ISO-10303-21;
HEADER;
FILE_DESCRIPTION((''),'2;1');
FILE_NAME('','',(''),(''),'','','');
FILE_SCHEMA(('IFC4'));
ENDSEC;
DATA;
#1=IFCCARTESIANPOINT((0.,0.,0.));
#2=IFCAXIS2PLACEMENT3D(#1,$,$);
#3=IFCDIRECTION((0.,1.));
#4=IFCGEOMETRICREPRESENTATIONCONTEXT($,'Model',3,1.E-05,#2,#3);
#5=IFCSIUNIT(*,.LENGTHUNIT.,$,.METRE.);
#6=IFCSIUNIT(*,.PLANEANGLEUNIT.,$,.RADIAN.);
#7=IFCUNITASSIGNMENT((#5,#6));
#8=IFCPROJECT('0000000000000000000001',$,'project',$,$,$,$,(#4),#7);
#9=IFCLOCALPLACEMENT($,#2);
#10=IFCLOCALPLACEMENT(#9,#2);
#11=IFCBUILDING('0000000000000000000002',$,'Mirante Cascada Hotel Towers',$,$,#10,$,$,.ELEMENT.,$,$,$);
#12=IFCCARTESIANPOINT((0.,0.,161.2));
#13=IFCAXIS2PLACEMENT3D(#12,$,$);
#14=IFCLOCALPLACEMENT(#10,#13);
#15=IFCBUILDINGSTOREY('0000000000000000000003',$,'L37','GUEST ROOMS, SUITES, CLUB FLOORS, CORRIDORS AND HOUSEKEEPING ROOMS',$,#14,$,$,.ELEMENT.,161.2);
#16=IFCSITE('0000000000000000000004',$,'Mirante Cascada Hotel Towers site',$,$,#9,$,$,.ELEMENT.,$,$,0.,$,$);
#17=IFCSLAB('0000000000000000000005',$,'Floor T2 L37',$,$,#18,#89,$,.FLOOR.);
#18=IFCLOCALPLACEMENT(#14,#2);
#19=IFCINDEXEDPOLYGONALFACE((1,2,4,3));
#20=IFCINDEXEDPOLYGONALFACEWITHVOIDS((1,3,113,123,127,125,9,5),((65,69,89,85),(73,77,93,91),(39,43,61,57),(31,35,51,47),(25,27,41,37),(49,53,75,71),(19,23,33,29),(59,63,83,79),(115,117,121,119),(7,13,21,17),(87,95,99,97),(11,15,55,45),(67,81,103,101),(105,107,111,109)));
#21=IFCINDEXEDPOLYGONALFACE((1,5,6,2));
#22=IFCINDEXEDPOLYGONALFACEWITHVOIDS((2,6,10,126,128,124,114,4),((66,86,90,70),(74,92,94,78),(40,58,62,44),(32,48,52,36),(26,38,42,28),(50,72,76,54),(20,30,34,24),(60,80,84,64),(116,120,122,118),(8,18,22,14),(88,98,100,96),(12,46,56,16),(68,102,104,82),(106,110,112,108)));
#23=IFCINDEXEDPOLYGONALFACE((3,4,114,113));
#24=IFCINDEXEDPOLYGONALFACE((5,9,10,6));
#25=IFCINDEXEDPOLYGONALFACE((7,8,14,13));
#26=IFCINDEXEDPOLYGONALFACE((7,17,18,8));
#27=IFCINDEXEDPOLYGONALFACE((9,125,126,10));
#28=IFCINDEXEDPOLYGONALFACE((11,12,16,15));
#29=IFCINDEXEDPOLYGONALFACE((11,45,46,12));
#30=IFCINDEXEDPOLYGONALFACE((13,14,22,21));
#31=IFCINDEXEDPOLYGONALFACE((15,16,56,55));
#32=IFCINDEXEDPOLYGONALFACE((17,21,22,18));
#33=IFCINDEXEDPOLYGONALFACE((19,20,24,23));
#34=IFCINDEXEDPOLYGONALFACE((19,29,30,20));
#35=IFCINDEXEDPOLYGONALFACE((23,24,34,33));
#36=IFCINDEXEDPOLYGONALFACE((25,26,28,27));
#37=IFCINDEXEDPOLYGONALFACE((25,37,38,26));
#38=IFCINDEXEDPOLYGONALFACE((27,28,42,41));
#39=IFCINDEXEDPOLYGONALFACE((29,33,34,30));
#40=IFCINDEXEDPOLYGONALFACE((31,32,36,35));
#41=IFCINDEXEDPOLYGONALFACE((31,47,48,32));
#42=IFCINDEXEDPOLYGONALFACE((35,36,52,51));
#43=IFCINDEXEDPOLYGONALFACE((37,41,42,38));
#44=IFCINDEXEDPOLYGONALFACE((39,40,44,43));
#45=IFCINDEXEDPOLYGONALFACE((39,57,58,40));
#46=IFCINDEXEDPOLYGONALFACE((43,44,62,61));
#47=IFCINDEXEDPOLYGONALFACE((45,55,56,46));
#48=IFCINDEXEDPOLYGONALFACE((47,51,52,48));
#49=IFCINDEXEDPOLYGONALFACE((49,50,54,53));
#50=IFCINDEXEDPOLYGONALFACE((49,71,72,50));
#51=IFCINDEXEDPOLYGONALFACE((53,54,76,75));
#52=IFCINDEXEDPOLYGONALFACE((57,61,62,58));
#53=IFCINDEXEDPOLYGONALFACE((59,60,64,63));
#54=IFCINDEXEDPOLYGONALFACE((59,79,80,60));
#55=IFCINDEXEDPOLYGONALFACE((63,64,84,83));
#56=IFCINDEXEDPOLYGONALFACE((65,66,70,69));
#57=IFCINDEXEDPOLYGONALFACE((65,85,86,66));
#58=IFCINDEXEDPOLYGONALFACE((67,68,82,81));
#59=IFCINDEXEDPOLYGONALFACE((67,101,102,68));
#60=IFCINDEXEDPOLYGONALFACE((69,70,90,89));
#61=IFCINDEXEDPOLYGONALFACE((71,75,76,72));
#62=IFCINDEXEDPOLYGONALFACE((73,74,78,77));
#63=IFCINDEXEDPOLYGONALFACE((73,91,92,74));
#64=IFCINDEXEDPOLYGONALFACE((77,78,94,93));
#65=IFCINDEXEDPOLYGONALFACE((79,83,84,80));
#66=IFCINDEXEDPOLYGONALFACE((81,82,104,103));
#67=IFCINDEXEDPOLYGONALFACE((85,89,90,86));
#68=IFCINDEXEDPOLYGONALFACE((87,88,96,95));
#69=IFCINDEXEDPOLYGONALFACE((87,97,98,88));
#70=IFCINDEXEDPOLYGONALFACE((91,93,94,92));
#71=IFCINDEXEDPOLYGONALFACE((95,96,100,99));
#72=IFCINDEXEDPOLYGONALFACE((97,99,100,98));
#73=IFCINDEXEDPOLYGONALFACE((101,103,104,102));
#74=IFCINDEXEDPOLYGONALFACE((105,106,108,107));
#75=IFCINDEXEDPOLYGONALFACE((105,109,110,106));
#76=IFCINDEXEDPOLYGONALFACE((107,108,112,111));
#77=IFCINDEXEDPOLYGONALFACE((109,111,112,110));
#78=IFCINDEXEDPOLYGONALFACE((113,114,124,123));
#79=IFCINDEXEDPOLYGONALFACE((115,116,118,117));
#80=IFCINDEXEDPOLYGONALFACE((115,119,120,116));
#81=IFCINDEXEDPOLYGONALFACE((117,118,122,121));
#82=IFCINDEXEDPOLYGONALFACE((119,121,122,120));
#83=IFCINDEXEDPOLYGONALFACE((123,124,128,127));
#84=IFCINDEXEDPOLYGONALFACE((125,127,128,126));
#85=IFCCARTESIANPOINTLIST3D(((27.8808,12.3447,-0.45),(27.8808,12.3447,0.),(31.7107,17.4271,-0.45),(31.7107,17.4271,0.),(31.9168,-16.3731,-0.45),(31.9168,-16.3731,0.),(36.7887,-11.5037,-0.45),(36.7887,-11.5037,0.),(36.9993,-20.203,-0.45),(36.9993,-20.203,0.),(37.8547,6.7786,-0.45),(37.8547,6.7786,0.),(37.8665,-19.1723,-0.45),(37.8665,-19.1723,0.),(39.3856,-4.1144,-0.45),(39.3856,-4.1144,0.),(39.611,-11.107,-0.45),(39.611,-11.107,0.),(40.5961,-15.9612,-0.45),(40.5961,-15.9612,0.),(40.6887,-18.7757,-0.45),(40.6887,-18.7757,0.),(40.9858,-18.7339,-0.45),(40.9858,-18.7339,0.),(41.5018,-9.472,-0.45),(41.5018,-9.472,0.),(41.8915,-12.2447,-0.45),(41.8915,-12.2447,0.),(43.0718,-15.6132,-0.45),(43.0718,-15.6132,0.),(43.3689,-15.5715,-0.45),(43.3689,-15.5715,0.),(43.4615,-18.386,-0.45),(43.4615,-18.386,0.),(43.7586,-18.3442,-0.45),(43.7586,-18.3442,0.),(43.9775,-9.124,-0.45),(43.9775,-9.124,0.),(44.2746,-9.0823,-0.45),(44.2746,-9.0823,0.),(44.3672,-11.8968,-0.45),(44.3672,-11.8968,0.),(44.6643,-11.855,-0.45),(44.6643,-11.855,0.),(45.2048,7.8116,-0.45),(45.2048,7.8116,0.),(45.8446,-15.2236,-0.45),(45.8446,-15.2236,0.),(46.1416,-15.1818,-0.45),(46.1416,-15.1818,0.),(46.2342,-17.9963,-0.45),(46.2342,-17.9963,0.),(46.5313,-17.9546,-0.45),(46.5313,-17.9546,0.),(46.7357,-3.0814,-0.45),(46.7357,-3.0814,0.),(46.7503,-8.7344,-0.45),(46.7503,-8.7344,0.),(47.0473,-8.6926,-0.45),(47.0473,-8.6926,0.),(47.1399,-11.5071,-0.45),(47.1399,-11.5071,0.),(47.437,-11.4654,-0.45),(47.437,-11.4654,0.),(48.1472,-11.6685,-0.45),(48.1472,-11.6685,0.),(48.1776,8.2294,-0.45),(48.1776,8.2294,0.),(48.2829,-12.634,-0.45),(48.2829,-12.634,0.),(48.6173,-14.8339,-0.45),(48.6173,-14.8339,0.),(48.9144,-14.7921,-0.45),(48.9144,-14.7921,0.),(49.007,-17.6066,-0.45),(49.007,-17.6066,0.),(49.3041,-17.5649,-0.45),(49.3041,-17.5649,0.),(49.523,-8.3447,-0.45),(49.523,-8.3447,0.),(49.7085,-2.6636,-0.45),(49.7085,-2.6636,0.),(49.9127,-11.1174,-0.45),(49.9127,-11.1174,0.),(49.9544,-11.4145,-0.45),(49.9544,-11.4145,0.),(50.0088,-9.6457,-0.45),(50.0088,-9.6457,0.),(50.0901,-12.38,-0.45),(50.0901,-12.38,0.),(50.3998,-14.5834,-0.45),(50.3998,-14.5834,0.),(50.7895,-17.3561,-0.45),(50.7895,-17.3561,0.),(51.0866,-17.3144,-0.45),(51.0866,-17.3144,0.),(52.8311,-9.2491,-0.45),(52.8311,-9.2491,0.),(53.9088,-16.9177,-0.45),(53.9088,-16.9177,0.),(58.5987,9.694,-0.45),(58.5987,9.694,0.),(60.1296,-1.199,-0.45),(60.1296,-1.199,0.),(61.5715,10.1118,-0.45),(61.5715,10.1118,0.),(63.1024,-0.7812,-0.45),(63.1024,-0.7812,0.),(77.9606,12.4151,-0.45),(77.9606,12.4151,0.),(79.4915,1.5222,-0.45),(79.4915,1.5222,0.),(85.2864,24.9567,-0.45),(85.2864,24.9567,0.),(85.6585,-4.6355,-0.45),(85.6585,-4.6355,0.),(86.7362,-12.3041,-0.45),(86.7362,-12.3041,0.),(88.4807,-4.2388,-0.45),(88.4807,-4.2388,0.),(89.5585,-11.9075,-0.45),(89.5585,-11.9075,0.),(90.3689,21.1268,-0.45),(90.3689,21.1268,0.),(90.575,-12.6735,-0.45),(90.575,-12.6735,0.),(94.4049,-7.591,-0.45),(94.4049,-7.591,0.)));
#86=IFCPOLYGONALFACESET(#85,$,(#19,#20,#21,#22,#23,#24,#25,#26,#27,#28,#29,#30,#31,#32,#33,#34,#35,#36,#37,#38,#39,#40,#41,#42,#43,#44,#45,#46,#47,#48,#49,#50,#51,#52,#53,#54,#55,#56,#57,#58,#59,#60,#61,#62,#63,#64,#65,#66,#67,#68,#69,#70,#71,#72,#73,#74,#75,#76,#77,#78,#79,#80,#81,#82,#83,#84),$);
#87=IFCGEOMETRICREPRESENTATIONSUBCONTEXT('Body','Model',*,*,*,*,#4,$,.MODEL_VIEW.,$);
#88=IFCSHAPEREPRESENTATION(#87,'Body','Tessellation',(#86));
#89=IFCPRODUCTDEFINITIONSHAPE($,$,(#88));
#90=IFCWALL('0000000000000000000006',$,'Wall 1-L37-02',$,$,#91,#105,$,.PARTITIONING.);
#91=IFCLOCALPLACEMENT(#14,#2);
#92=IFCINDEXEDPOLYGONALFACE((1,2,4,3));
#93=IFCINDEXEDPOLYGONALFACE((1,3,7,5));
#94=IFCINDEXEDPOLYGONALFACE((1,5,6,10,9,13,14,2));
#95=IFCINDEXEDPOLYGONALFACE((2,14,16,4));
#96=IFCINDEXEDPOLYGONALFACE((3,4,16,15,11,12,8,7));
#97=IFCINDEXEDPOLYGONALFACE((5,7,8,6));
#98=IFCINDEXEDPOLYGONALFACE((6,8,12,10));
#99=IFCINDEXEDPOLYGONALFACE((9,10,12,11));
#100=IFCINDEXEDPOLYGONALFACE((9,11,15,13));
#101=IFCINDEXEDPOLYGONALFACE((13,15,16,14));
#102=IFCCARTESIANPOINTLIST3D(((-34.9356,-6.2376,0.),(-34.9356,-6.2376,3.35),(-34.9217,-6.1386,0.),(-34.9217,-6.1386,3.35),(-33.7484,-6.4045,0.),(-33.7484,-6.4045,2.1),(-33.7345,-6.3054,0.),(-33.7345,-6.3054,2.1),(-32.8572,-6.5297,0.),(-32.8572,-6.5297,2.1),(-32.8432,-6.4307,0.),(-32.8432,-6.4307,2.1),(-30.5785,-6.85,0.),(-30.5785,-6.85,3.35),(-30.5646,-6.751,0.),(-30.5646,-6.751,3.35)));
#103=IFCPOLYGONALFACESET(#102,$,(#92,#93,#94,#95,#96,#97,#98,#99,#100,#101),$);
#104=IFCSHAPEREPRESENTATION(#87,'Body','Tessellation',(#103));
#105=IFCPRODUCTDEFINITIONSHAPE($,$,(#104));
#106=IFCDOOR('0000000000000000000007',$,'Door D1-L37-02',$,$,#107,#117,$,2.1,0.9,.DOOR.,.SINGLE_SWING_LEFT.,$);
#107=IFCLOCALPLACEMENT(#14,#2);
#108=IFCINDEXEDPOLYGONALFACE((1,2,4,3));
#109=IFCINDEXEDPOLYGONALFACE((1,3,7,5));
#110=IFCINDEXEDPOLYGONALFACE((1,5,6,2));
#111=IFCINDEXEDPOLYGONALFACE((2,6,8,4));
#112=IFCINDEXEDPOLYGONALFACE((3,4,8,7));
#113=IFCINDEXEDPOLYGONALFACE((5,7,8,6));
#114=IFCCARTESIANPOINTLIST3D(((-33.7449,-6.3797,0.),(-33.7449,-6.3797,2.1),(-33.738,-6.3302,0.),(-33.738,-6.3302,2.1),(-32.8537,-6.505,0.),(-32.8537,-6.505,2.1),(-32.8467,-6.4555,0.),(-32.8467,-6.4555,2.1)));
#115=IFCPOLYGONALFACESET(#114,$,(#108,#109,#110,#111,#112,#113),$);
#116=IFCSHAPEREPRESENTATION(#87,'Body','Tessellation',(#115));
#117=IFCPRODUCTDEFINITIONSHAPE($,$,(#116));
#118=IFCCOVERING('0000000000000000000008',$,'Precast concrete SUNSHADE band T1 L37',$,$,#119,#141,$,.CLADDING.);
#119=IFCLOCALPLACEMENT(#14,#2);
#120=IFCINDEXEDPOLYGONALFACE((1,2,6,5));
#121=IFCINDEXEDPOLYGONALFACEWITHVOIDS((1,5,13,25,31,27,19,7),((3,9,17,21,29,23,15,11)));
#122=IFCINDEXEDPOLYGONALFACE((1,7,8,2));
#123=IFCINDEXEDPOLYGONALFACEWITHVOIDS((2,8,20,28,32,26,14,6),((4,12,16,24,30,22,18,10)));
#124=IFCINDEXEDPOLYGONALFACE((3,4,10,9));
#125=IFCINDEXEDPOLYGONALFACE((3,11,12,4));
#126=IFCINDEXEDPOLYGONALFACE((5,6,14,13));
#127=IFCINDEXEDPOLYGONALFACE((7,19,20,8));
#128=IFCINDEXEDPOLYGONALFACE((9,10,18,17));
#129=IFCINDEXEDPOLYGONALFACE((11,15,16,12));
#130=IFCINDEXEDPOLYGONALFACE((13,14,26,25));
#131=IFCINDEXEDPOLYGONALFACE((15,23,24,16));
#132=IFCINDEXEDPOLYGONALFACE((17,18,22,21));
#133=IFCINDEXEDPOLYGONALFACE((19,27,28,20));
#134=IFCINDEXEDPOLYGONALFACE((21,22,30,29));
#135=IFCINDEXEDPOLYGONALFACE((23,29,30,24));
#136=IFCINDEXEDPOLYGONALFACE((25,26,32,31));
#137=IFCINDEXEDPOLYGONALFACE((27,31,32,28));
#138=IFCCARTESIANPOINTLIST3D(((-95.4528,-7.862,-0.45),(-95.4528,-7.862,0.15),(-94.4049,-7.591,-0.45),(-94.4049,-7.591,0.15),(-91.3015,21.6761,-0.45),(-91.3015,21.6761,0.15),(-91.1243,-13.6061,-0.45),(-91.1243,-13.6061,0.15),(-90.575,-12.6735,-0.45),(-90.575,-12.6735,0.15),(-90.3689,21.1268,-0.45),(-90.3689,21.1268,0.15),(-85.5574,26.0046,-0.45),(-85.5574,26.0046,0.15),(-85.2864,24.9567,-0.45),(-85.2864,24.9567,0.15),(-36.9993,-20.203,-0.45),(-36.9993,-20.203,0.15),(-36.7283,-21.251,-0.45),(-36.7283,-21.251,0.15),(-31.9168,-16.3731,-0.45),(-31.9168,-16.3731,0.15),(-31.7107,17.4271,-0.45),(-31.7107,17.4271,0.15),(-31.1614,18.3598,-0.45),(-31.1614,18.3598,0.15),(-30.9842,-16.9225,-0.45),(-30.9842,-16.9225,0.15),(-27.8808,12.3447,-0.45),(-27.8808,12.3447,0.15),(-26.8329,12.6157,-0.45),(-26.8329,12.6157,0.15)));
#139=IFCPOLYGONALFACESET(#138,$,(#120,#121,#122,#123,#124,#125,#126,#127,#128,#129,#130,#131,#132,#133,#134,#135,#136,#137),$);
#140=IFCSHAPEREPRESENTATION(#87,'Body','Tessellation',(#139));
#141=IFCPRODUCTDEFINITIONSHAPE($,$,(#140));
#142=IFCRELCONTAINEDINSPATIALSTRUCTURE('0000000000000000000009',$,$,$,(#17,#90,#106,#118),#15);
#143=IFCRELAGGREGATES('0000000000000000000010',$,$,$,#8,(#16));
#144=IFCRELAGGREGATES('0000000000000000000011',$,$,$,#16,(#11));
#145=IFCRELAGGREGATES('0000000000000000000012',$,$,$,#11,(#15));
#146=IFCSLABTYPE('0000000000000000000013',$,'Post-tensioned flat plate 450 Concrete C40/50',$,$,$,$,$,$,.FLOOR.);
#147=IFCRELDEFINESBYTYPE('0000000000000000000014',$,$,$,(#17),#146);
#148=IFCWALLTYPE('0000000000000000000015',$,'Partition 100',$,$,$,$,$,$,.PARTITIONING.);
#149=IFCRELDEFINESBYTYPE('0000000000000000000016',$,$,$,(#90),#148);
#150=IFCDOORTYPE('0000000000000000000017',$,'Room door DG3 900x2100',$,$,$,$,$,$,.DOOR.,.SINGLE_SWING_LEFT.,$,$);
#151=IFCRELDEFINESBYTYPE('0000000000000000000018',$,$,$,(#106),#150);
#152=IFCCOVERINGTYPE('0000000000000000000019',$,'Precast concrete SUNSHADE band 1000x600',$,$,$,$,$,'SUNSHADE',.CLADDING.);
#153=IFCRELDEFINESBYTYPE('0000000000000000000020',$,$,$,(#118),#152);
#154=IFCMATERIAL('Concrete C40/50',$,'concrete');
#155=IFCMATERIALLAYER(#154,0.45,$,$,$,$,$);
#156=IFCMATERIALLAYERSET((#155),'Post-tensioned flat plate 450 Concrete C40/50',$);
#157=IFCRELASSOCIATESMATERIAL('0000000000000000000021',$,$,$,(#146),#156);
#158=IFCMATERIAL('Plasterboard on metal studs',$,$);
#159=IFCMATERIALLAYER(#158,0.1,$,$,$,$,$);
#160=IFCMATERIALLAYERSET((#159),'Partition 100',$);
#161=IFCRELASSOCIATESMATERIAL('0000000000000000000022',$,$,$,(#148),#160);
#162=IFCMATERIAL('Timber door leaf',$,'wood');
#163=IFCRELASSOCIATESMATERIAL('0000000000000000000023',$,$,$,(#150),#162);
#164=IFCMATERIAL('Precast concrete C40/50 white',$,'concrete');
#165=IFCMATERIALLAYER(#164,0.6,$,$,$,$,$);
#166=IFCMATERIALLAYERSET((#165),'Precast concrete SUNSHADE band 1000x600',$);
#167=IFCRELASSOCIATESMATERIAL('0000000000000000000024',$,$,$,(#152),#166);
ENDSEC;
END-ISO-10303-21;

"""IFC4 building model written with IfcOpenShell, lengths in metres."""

from ifc_helpers import new_model, si_unit, direction, frame, frame_2d, origin, place, context, subcontext, project, spatial, polyline, rectangle, outline, extrude, material, layer, layer_set, type_object, element, fill, save


model = new_model("IFC4")

# Units and contexts
model_context = context("Model", 3, precision=1e-05, world=origin(), true_north=direction((0.0, 1.0)))
body_context = subcontext(model_context, "Body", "Model", "MODEL_VIEW")
ifc_project = project(units=[si_unit("LENGTHUNIT", "METRE"), si_unit("PLANEANGLEUNIT", "RADIAN")], contexts=[model_context])

# Site, building, storey
site_placement = place(None, origin())
site = spatial("IfcSite", under=ifc_project, at=site_placement, Name="Mirante Cascada Hotel Towers site", CompositionType="ELEMENT", RefElevation=0.0)
building_placement = place(site_placement, origin())
building = spatial("IfcBuilding", under=site, at=building_placement, Name="Mirante Cascada Hotel Towers", CompositionType="ELEMENT")
storey_placement = place(building_placement, frame((0.0, 0.0, 161.2)))
storey = spatial("IfcBuildingStorey", under=building, at=storey_placement, Name="L37", Description="GUEST ROOMS, SUITES, CLUB FLOORS, CORRIDORS AND HOUSEKEEPING ROOMS", CompositionType="ELEMENT", Elevation=161.2)

# Slab
ifc_material_1 = material(Name="Concrete C40/50", Category="concrete")
ifc_layer_1 = layer(ifc_material_1, 0.45)
ifc_layer_set_1 = layer_set([ifc_layer_1], Name="Post-tensioned flat plate 450 Concrete C40/50")
slab_type = type_object("IfcSlabType", Name="Post-tensioned flat plate 450 Concrete C40/50", PredefinedType="FLOOR", material=ifc_layer_set_1)
slab_1_placement = place(storey_placement, frame((0.0, 0.0, -0.45)))
element("IfcSlab", 1, at=slab_1_placement, inside=storey, type_object=slab_type, Name="Floor T2 L37", PredefinedType="FLOOR", context=body_context, shape_type="SweptSolid", body=[
    extrude(outline(polyline([(31.9168, -16.3731), (27.8808, 12.3447), (31.7107, 17.4271), (85.2864, 24.9567), (90.3689, 21.1268), (94.4049, -7.591), (90.575, -12.6735), (36.9993, -20.203), (31.9168, -16.3731)]), holes=[polyline([(40.5961, -15.9612), (40.9858, -18.7339), (43.4615, -18.386), (43.0718, -15.6132), (40.5961, -15.9612)]), polyline([(45.8446, -15.2236), (43.3689, -15.5715), (43.7586, -18.3442), (46.2342, -17.9963), (45.8446, -15.2236)]), polyline([(48.6173, -14.8339), (46.1416, -15.1818), (46.5313, -17.9546), (49.007, -17.6066), (48.6173, -14.8339)]), polyline([(40.6887, -18.7757), (39.611, -11.107), (36.7887, -11.5037), (37.8665, -19.1723), (40.6887, -18.7757)]), polyline([(43.9775, -9.124), (41.5018, -9.472), (41.8915, -12.2447), (44.3672, -11.8968), (43.9775, -9.124)]), polyline([(46.7503, -8.7344), (44.2746, -9.0823), (44.6643, -11.855), (47.1399, -11.5071), (46.7503, -8.7344)]), polyline([(48.9144, -14.7921), (49.3041, -17.5649), (50.7895, -17.3561), (50.3998, -14.5834), (48.9144, -14.7921)]), polyline([(51.0866, -17.3144), (53.9088, -16.9177), (52.8311, -9.2491), (50.0088, -9.6457), (51.0866, -17.3144)]), polyline([(86.7362, -12.3041), (89.5585, -11.9075), (88.4807, -4.2388), (85.6585, -4.6355), (86.7362, -12.3041)]), polyline([(48.1472, -11.6685), (48.2829, -12.634), (50.0901, -12.38), (49.9544, -11.4145), (48.1472, -11.6685)]), polyline([(49.523, -8.3447), (47.0473, -8.6926), (47.437, -11.4654), (49.9127, -11.1174), (49.523, -8.3447)]), polyline([(77.9606, 12.4151), (79.4915, 1.5222), (63.1024, -0.7812), (63.1024, -0.7812), (61.5715, 10.1118), (61.5715, 10.1118), (77.9606, 12.4151)]), polyline([(58.5987, 9.694), (60.1296, -1.199), (60.1296, -1.199), (49.7085, -2.6636), (49.7085, -2.6636), (48.1776, 8.2294), (58.5987, 9.694)]), polyline([(39.3856, -4.1144), (37.8547, 6.7786), (45.2048, 7.8116), (46.7357, -3.0814), (46.7357, -3.0814), (39.3856, -4.1144)])]), origin(), (0.0, 0.0, 1.0), 0.45),
])

# Wall, opening, door
ifc_material_2 = material(Name="Plasterboard on metal studs")
ifc_layer_2 = layer(ifc_material_2, 0.1)
ifc_layer_set_2 = layer_set([ifc_layer_2], Name="Partition 100")
wall_type = type_object("IfcWallType", Name="Partition 100", PredefinedType="PARTITIONING", material=ifc_layer_set_2)
wall_placement = place(storey_placement, frame((-30.5715, -6.8005, 0.0), z_axis=(0.0, 0.0, 1.0), x_axis=(-0.990267, 0.139184, 0.0)))
wall = element("IfcWall", 2, at=wall_placement, inside=storey, type_object=wall_type, Name="Wall 1-L37-02", PredefinedType="PARTITIONING", context=body_context, shape_type="SweptSolid", body=[
    extrude(rectangle(XDim=4.3999, YDim=0.1, at=frame_2d((2.2, 0.0))), origin(), (0.0, 0.0, 1.0), 3.35),
])
opening_placement = place(wall_placement, frame((2.3011, 0.0, 0.0)))
opening = element("IfcOpeningElement", 3, at=opening_placement, cuts=wall, PredefinedType="OPENING", context=body_context, shape_type="SweptSolid", body=[
    extrude(rectangle(XDim=0.9, YDim=2.1, at=frame_2d((0.45, 1.05))), frame((0.0, 0.05, 0.0), z_axis=(0.0, -1.0, 0.0), x_axis=(1.0, 0.0, 0.0)), (0.0, 0.0, 1.0), 0.1),
])
ifc_material_3 = material(Name="Timber door leaf", Category="wood")
door_type = type_object("IfcDoorType", Name="Room door DG3 900x2100", OperationType="SINGLE_SWING_LEFT", PredefinedType="DOOR", material=ifc_material_3)
door_placement = place(opening_placement, origin())
door = element("IfcDoor", 4, at=door_placement, inside=storey, type_object=door_type, Name="Door D1-L37-02", OperationType="SINGLE_SWING_LEFT", OverallHeight=2.1, OverallWidth=0.9, PredefinedType="DOOR", context=body_context, shape_type="SweptSolid", body=[
    extrude(rectangle(XDim=0.9, YDim=2.1, at=frame_2d((0.45, 1.05))), frame((0.0, 0.025, 0.0), z_axis=(0.0, -1.0, 0.0), x_axis=(1.0, 0.0, 0.0)), (0.0, 0.0, 1.0), 0.05),
])
fill(opening, door)

# Covering
ifc_material_4 = material(Name="Precast concrete C40/50 white", Category="concrete")
ifc_layer_3 = layer(ifc_material_4, 0.6)
ifc_layer_set_3 = layer_set([ifc_layer_3], Name="Precast concrete SUNSHADE band 1000x600")
covering_type = type_object("IfcCoveringType", Name="Precast concrete SUNSHADE band 1000x600", ElementType="SUNSHADE", PredefinedType="CLADDING", material=ifc_layer_set_3)
covering_placement = place(storey_placement, frame((0.0, 0.0, -0.45)))
element("IfcCovering", 5, at=covering_placement, inside=storey, type_object=covering_type, Name="Precast concrete SUNSHADE band T1 L37", PredefinedType="CLADDING", context=body_context, shape_type="SweptSolid", body=[
    extrude(outline(polyline([(-95.4528, -7.862), (-91.3015, 21.6761), (-85.5574, 26.0046), (-31.1614, 18.3598), (-26.8329, 12.6157), (-30.9842, -16.9225), (-36.7283, -21.251), (-91.1243, -13.6061), (-95.4528, -7.862)]), holes=[polyline([(-27.8808, 12.3447), (-31.7107, 17.4271), (-85.2864, 24.9567), (-90.3689, 21.1268), (-94.4049, -7.591), (-90.575, -12.6735), (-36.9993, -20.203), (-31.9168, -16.3731), (-27.8808, 12.3447)])]), origin(), (0.0, 0.0, 1.0), 0.6),
])

save(model, "model.ifc")
